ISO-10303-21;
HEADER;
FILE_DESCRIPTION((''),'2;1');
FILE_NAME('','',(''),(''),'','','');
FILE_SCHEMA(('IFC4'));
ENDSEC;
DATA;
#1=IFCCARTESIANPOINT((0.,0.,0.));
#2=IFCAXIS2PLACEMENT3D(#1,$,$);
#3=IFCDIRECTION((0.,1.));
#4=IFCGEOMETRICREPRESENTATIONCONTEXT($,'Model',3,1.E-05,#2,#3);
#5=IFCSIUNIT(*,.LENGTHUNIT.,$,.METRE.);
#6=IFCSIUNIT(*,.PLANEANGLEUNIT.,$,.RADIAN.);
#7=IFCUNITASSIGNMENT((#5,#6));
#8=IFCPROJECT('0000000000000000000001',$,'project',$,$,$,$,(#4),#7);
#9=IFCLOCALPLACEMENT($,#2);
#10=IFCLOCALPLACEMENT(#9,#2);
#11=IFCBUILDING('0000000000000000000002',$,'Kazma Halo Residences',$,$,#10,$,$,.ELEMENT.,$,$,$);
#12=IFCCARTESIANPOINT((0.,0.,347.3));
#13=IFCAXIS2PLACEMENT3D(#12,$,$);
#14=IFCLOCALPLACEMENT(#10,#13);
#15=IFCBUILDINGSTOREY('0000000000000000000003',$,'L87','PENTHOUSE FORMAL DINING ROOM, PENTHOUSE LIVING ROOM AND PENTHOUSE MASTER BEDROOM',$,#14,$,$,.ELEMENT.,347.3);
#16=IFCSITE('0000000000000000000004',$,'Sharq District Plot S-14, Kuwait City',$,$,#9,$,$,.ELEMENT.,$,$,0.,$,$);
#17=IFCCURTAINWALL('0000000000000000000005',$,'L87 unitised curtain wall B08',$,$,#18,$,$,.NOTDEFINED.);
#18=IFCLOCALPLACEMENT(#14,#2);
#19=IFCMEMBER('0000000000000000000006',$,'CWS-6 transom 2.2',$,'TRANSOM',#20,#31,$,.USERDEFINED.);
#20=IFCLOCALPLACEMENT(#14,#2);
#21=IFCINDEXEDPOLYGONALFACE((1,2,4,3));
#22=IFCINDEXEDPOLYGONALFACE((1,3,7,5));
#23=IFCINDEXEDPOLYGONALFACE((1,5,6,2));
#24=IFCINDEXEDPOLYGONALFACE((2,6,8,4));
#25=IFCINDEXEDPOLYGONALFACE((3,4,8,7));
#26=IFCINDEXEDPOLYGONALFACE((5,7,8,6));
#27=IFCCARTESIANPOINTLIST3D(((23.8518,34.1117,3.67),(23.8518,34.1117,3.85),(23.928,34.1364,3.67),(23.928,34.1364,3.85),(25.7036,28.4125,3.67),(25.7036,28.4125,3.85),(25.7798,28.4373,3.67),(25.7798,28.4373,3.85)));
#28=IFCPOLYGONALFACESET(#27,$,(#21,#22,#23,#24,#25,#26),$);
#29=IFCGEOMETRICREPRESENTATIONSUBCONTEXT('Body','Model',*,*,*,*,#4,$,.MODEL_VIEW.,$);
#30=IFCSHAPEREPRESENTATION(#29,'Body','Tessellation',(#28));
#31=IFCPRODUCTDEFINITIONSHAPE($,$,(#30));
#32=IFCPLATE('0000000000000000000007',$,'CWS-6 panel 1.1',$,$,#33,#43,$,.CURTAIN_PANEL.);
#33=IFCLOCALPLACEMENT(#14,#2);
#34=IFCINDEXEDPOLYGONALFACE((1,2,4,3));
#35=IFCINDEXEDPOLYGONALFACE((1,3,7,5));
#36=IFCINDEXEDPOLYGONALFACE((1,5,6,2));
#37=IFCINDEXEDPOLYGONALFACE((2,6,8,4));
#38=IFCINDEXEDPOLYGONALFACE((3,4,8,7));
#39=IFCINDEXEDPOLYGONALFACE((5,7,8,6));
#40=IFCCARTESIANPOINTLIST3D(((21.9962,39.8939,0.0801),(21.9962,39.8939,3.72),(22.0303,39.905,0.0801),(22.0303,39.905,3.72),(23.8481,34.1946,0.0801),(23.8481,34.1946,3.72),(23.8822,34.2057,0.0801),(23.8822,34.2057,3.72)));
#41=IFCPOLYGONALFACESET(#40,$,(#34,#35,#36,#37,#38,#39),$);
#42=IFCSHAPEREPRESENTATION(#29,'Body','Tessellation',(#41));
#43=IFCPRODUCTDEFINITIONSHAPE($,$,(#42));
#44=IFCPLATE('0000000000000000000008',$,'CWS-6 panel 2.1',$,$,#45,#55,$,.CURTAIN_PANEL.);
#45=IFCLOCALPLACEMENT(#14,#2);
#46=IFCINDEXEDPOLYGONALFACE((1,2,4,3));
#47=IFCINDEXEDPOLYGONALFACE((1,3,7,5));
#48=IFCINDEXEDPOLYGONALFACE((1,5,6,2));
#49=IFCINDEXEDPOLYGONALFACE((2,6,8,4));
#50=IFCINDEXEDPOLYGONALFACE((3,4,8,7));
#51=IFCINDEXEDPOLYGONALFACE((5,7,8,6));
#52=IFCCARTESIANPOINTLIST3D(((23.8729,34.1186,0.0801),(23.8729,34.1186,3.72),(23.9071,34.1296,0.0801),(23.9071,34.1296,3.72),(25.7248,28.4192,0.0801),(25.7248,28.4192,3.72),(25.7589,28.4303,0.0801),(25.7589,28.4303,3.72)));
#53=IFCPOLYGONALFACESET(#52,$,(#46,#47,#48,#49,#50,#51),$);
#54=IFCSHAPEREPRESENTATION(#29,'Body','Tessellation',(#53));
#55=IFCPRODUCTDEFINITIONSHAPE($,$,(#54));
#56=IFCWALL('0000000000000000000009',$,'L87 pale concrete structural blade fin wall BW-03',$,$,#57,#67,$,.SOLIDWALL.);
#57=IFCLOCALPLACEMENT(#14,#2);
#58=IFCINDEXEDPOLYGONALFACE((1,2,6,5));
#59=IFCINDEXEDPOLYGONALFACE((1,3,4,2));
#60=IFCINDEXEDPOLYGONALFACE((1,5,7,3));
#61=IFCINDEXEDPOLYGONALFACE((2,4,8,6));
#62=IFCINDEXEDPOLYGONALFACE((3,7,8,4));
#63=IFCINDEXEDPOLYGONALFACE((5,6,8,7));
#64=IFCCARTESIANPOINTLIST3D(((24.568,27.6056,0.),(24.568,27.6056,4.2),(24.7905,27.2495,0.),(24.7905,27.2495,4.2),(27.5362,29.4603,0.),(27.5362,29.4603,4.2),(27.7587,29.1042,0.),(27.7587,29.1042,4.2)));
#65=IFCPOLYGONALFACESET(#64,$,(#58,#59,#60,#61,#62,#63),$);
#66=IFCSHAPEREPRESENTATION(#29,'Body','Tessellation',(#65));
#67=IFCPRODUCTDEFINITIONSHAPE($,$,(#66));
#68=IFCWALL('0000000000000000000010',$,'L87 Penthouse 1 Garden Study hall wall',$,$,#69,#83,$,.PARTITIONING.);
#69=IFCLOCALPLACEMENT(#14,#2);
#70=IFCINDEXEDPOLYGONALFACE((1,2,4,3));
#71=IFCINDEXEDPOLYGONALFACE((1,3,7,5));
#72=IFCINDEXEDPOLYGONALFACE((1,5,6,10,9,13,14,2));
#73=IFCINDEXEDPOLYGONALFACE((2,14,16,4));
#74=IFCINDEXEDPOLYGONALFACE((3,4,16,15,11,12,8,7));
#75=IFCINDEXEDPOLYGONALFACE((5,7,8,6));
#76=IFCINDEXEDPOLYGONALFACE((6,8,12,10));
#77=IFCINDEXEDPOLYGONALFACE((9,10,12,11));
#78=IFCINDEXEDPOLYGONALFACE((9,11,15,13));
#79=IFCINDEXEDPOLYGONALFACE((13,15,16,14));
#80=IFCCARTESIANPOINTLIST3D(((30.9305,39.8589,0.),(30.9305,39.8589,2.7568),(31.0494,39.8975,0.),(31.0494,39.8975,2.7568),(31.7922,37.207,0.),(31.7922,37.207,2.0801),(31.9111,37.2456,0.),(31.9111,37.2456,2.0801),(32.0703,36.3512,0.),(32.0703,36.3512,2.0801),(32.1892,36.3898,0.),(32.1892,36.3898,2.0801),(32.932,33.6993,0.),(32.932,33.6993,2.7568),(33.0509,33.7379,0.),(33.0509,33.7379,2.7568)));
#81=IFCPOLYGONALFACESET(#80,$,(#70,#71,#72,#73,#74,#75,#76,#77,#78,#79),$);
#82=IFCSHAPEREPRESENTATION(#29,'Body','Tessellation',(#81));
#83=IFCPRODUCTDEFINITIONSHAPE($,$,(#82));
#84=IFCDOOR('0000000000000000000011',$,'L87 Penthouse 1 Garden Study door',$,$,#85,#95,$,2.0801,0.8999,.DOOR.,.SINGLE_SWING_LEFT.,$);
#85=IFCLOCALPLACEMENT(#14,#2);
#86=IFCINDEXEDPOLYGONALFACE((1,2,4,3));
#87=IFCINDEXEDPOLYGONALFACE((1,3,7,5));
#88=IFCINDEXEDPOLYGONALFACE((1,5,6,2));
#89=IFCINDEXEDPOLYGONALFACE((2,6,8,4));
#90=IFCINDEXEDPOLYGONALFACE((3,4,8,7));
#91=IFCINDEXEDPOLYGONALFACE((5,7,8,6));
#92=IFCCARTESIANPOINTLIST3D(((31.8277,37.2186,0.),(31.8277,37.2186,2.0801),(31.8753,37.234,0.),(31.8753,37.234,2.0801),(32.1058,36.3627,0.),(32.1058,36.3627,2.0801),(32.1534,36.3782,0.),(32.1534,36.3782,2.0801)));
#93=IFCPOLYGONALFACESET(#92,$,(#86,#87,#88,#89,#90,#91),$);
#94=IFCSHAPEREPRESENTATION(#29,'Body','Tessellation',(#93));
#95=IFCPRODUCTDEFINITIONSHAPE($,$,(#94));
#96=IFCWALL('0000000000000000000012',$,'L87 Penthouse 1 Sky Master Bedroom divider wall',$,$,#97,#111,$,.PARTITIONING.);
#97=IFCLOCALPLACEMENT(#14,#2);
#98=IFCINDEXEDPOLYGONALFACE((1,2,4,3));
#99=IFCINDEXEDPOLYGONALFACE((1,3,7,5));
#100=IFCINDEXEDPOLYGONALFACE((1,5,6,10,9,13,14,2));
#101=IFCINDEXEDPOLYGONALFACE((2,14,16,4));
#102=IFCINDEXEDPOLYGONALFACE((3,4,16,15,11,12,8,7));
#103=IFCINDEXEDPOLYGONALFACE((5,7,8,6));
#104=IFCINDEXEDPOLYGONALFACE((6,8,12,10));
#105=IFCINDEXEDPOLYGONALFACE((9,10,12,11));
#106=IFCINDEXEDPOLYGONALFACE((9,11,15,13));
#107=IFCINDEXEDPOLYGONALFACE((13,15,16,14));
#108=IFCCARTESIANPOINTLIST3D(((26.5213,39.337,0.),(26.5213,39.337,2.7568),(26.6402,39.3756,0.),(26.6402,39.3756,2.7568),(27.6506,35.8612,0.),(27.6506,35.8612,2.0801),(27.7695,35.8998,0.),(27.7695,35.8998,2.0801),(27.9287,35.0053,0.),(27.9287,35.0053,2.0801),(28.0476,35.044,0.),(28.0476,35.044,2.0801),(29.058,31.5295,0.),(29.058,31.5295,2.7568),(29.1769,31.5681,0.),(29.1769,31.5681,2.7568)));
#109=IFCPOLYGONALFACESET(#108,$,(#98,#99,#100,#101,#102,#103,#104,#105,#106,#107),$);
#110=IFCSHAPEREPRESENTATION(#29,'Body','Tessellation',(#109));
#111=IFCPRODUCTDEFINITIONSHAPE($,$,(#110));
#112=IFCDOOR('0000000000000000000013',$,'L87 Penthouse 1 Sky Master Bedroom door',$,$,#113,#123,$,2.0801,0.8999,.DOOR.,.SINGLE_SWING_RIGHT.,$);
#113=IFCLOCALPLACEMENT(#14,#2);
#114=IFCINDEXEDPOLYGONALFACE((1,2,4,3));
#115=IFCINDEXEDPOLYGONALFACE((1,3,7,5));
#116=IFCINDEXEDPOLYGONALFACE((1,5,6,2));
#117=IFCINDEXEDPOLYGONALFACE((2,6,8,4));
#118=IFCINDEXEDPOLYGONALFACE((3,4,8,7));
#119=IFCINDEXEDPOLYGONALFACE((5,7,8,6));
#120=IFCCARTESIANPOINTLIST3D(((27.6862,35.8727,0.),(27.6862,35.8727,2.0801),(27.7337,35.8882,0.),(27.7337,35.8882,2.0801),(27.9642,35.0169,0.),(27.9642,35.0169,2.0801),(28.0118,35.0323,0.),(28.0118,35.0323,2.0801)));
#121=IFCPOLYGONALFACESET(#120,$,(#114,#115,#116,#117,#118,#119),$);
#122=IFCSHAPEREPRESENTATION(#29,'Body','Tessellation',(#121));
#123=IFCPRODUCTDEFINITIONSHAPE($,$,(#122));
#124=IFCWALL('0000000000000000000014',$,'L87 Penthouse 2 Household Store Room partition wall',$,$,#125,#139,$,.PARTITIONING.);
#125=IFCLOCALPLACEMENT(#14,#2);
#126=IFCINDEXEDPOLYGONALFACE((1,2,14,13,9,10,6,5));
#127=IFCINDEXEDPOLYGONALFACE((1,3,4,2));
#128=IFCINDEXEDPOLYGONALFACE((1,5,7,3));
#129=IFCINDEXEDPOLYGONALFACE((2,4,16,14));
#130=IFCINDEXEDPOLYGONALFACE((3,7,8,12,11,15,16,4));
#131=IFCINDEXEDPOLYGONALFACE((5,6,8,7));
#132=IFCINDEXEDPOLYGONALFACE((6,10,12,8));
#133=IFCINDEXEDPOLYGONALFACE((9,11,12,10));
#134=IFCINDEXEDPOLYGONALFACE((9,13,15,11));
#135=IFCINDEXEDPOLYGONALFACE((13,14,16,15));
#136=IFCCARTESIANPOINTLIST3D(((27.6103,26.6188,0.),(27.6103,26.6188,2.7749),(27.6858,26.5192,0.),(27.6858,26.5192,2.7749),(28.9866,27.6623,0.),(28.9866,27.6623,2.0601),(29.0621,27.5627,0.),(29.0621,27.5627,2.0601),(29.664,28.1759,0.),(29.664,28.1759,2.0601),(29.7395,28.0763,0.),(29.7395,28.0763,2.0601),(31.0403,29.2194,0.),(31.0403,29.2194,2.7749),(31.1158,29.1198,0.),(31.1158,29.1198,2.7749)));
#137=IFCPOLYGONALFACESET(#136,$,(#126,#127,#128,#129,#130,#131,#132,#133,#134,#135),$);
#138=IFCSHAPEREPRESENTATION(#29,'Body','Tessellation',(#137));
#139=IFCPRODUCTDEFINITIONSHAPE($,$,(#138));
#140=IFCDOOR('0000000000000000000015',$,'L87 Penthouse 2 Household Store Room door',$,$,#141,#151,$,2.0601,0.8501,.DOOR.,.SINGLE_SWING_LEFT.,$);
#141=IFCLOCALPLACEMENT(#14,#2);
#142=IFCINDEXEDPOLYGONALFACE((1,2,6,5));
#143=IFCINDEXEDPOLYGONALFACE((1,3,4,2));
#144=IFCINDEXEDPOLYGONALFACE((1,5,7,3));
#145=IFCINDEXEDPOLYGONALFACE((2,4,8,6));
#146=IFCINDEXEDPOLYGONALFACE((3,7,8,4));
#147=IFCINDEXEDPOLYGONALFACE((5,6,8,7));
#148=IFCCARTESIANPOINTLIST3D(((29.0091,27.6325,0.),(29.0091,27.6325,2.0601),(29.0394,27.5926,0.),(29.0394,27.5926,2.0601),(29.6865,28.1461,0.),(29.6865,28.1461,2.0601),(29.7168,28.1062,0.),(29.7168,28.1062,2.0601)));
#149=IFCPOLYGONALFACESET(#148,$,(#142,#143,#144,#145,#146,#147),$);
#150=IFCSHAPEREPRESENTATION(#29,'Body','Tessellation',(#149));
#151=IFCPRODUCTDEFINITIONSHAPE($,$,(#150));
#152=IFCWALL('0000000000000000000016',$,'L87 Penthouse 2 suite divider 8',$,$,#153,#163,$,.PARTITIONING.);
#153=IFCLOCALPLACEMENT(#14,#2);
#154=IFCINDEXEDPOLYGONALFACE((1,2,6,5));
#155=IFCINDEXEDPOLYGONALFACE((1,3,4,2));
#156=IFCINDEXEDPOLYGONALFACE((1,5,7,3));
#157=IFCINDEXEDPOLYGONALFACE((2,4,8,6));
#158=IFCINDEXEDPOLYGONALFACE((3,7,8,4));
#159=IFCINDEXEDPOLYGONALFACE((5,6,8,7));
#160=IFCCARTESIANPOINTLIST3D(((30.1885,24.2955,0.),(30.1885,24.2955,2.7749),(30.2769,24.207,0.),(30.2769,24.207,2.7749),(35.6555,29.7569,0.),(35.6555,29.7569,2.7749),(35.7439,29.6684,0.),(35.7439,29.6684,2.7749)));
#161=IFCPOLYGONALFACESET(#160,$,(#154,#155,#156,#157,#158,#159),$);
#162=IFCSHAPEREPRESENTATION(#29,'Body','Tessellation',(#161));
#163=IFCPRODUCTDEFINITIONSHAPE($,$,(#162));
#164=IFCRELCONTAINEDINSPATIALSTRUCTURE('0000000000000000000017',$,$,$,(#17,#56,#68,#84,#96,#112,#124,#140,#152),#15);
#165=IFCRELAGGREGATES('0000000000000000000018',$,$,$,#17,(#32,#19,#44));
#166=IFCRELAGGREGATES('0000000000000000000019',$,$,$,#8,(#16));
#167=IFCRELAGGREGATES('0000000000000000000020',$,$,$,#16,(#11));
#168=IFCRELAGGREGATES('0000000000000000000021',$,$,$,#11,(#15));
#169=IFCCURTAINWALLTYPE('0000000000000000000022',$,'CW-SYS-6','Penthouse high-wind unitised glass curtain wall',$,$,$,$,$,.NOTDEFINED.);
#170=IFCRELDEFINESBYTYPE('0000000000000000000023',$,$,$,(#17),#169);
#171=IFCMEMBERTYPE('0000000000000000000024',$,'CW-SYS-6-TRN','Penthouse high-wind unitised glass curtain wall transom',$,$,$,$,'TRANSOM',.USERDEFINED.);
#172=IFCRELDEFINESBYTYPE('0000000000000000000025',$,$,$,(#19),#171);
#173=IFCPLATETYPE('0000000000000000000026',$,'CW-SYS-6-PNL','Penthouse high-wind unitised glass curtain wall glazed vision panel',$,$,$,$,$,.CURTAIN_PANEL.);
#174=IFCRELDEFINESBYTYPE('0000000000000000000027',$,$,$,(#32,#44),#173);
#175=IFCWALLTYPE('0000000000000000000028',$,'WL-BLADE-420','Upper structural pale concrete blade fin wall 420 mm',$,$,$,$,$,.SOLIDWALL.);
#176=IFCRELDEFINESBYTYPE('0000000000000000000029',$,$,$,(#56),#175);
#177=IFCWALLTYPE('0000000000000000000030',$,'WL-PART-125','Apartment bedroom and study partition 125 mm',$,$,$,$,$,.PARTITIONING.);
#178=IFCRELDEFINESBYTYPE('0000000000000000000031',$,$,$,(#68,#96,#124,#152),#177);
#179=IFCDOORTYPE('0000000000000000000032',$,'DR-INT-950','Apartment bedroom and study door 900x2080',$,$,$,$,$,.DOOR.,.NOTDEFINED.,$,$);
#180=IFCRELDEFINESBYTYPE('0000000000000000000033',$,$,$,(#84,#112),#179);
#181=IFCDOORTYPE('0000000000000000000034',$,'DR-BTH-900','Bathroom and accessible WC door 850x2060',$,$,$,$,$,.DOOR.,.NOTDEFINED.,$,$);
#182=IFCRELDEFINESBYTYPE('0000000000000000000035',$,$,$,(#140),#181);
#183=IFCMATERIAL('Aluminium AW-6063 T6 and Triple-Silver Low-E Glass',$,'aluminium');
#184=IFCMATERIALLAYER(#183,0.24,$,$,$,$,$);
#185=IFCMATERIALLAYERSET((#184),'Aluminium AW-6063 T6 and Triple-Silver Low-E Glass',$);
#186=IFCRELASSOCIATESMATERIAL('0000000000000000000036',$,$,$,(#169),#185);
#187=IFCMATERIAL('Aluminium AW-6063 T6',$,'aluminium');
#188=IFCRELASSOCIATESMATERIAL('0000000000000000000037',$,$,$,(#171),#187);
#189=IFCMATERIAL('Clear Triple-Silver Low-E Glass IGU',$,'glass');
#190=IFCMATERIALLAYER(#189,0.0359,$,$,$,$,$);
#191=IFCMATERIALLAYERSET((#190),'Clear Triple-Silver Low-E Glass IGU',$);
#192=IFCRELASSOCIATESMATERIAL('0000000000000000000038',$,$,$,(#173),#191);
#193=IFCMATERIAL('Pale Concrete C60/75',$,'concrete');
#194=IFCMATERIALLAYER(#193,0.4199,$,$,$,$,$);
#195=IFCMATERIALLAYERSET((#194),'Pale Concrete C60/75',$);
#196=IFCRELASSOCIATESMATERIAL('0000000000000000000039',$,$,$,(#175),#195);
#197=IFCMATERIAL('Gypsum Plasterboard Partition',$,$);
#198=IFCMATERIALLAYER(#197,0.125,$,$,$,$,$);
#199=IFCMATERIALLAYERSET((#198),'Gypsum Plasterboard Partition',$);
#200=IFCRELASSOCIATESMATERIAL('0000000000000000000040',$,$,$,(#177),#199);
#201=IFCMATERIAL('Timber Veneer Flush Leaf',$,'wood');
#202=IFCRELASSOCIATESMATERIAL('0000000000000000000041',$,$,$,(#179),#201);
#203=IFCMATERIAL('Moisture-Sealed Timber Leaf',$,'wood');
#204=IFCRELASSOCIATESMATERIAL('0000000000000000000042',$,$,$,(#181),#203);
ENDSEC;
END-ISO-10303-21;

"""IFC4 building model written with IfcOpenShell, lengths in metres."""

from ifc_helpers import new_model, si_unit, direction, frame, frame_2d, origin, origin_2d, place, context, subcontext, project, spatial, rectangle, extrude, material, layer, layer_set, material_profile, profile_set, type_object, element, fill, aggregate, save


model = new_model("IFC4")

# Units and contexts
model_context = context("Model", 3, precision=1e-05, world=origin(), true_north=direction((0.0, 1.0)))
body_context = subcontext(model_context, "Body", "Model", "MODEL_VIEW")
ifc_project = project(units=[si_unit("LENGTHUNIT", "METRE"), si_unit("PLANEANGLEUNIT", "RADIAN")], contexts=[model_context])

# Site, building, storey
site_placement = place(None, origin())
site = spatial("IfcSite", under=ifc_project, at=site_placement, Name="Sharq District Plot S-14, Kuwait City", CompositionType="ELEMENT", RefElevation=0.0)
building_placement = place(site_placement, origin())
building = spatial("IfcBuilding", under=site, at=building_placement, Name="Kazma Halo Residences", CompositionType="ELEMENT")
storey_placement = place(building_placement, frame((0.0, 0.0, 347.3)))
storey = spatial("IfcBuildingStorey", under=building, at=storey_placement, Name="L87", Description="PENTHOUSE FORMAL DINING ROOM, PENTHOUSE LIVING ROOM AND PENTHOUSE MASTER BEDROOM", CompositionType="ELEMENT", Elevation=347.3)

# Curtain wall
ifc_material_1 = material(Name="Aluminium AW-6063 T6 and Triple-Silver Low-E Glass", Category="aluminium")
ifc_layer_1 = layer(ifc_material_1, 0.24)
ifc_layer_set_1 = layer_set([ifc_layer_1], Name="Aluminium AW-6063 T6 and Triple-Silver Low-E Glass")
curtain_wall_type = type_object("IfcCurtainWallType", Name="CW-SYS-6", Description="Penthouse high-wind unitised glass curtain wall", PredefinedType="NOTDEFINED", material=ifc_layer_set_1)
curtain_wall_1_placement = place(storey_placement, origin())
curtain_wall_1 = element("IfcCurtainWall", 1, at=curtain_wall_1_placement, inside=storey, type_object=curtain_wall_type, Name="L87 unitised curtain wall B08", PredefinedType="NOTDEFINED")
ifc_material_2 = material(Name="Aluminium AW-6063 T6", Category="aluminium")

# Member
ifc_material_profile_1 = material_profile(ifc_material_2, rectangle(XDim=0.0801, YDim=0.1799, at=origin_2d()), Name="CWT-80x180")
ifc_profile_set_1 = profile_set([ifc_material_profile_1], Name="Aluminium AW-6063 T6")
member_type_1 = type_object("IfcMemberType", Name="CW-SYS-6-TRN", Description="Penthouse high-wind unitised glass curtain wall transom", ElementType="TRANSOM", PredefinedType="USERDEFINED", material=ifc_profile_set_1)
member_1_placement = place(storey_placement, frame((23.8899, 34.124, 3.76), z_axis=(0.30902, -0.951056, 0.0), x_axis=(0.951056, 0.30902, 0.0)))
member_1 = element("IfcMember", 2, at=member_1_placement, type_object=member_type_1, Name="CWS-6 transom 2.2", ObjectType="TRANSOM", PredefinedType="USERDEFINED", context=body_context, shape_type="SweptSolid", body=[
    extrude(rectangle(XDim=0.0801, YDim=0.1799, at=origin_2d()), origin(), (0.0, 0.0, 1.0), 5.9924),
])

# Plates
ifc_material_3 = material(Name="Clear Triple-Silver Low-E Glass IGU", Category="glass")
ifc_layer_2 = layer(ifc_material_3, 0.0359)
ifc_layer_set_2 = layer_set([ifc_layer_2], Name="Clear Triple-Silver Low-E Glass IGU")
plate_type = type_object("IfcPlateType", Name="CW-SYS-6-PNL", Description="Penthouse high-wind unitised glass curtain wall glazed vision panel", PredefinedType="CURTAIN_PANEL", material=ifc_layer_set_2)
plate_1_placement = place(storey_placement, frame((22.9392, 37.0498, 0.0801), z_axis=(0.0, 0.0, 1.0), x_axis=(0.309019, -0.951056, 0.0)))
plate_1 = element("IfcPlate", 3, at=plate_1_placement, type_object=plate_type, Name="CWS-6 panel 1.1", PredefinedType="CURTAIN_PANEL", context=body_context, shape_type="SweptSolid", body=[
    extrude(rectangle(XDim=5.9927, YDim=0.0359, at=origin_2d()), origin(), (0.0, 0.0, 1.0), 3.6399),
])
plate_2_placement = place(storey_placement, frame((24.8159, 31.2744, 0.0801), z_axis=(0.0, 0.0, 1.0), x_axis=(0.309019, -0.951056, 0.0)))
plate_2 = element("IfcPlate", 4, at=plate_2_placement, type_object=plate_type, Name="CWS-6 panel 2.1", PredefinedType="CURTAIN_PANEL", context=body_context, shape_type="SweptSolid", body=[
    extrude(rectangle(XDim=5.9927, YDim=0.0359, at=origin_2d()), origin(), (0.0, 0.0, 1.0), 3.6399),
])
aggregate(curtain_wall_1, [plate_1, member_1, plate_2])

# Wall
ifc_material_4 = material(Name="Pale Concrete C60/75", Category="concrete")
ifc_layer_3 = layer(ifc_material_4, 0.4199)
ifc_layer_set_3 = layer_set([ifc_layer_3], Name="Pale Concrete C60/75")
wall_type_1 = type_object("IfcWallType", Name="WL-BLADE-420", Description="Upper structural pale concrete blade fin wall 420 mm", PredefinedType="SOLIDWALL", material=ifc_layer_set_3)
wall_1_placement = place(storey_placement, frame((27.6475, 29.2822, 0.0), z_axis=(0.0, 0.0, 1.0), x_axis=(-0.848053, -0.529911, 0.0)))
element("IfcWall", 5, at=wall_1_placement, inside=storey, type_object=wall_type_1, Name="L87 pale concrete structural blade fin wall BW-03", PredefinedType="SOLIDWALL", context=body_context, shape_type="SweptSolid", body=[
    extrude(rectangle(XDim=3.5, YDim=0.4199, at=frame_2d((1.75, 0.0))), origin(), (0.0, 0.0, 1.0), 4.2),
])

# Walls, openings, doors
ifc_material_5 = material(Name="Gypsum Plasterboard Partition")
ifc_layer_4 = layer(ifc_material_5, 0.125)
ifc_layer_set_4 = layer_set([ifc_layer_4], Name="Gypsum Plasterboard Partition")
wall_type_2 = type_object("IfcWallType", Name="WL-PART-125", Description="Apartment bedroom and study partition 125 mm", PredefinedType="PARTITIONING", material=ifc_layer_set_4)
wall_2_placement = place(storey_placement, frame((30.99, 39.8782, 0.0), z_axis=(0.0, 0.0, 1.0), x_axis=(0.309026, -0.951053, 0.0)))
wall_2 = element("IfcWall", 6, at=wall_2_placement, inside=storey, type_object=wall_type_2, Name="L87 Penthouse 1 Garden Study hall wall", PredefinedType="PARTITIONING", context=body_context, shape_type="SweptSolid", body=[
    extrude(rectangle(XDim=6.4766, YDim=0.125, at=frame_2d((3.2383, 0.0))), origin(), (0.0, 0.0, 1.0), 2.7568),
])
opening_1_placement = place(wall_2_placement, frame((2.7883, 0.0, 0.0)))
opening_1 = element("IfcOpeningElement", 7, at=opening_1_placement, cuts=wall_2, PredefinedType="OPENING", context=body_context, shape_type="SweptSolid", body=[
    extrude(rectangle(XDim=0.8999, YDim=2.0801, at=frame_2d((0.45, 1.04))), frame((0.0, 0.0725, 0.0), z_axis=(0.0, -1.0, 0.0), x_axis=(1.0, 0.0, 0.0)), (0.0, 0.0, 1.0), 0.145),
])
ifc_material_6 = material(Name="Timber Veneer Flush Leaf", Category="wood")
door_type_1 = type_object("IfcDoorType", Name="DR-INT-950", Description="Apartment bedroom and study door 900x2080", OperationType="NOTDEFINED", PredefinedType="DOOR", material=ifc_material_6)
door_1_placement = place(opening_1_placement, origin())
door_1 = element("IfcDoor", 8, at=door_1_placement, inside=storey, type_object=door_type_1, Name="L87 Penthouse 1 Garden Study door", OperationType="SINGLE_SWING_LEFT", OverallHeight=2.0801, OverallWidth=0.8999, PredefinedType="DOOR", context=body_context, shape_type="SweptSolid", body=[
    extrude(rectangle(XDim=0.8999, YDim=2.0801, at=frame_2d((0.45, 1.04))), frame((0.0, 0.0249, 0.0), z_axis=(0.0, -1.0, 0.0), x_axis=(1.0, 0.0, 0.0)), (0.0, 0.0, 1.0), 0.05),
])
fill(opening_1, door_1)
wall_3_placement = place(storey_placement, frame((26.5808, 39.3562, 0.0), z_axis=(0.0, 0.0, 1.0), x_axis=(0.309001, -0.951062, 0.0)))
wall_3 = element("IfcWall", 9, at=wall_3_placement, inside=storey, type_object=wall_type_2, Name="L87 Penthouse 1 Sky Master Bedroom divider wall", PredefinedType="PARTITIONING", context=body_context, shape_type="SweptSolid", body=[
    extrude(rectangle(XDim=8.2092, YDim=0.125, at=frame_2d((4.1045, 0.0))), origin(), (0.0, 0.0, 1.0), 2.7568),
])
opening_2_placement = place(wall_3_placement, frame((3.6545, 0.0, 0.0)))
opening_2 = element("IfcOpeningElement", 10, at=opening_2_placement, cuts=wall_3, PredefinedType="OPENING", context=body_context, shape_type="SweptSolid", body=[
    extrude(rectangle(XDim=0.8999, YDim=2.0801, at=frame_2d((0.45, 1.04))), frame((0.0, 0.0725, 0.0), z_axis=(0.0, -1.0, 0.0), x_axis=(1.0, 0.0, 0.0)), (0.0, 0.0, 1.0), 0.145),
])
door_2_placement = place(opening_2_placement, origin())
door_2 = element("IfcDoor", 11, at=door_2_placement, inside=storey, type_object=door_type_1, Name="L87 Penthouse 1 Sky Master Bedroom door", OperationType="SINGLE_SWING_RIGHT", OverallHeight=2.0801, OverallWidth=0.8999, PredefinedType="DOOR", context=body_context, shape_type="SweptSolid", body=[
    extrude(rectangle(XDim=0.8999, YDim=2.0801, at=frame_2d((0.45, 1.04))), frame((0.0, 0.0249, 0.0), z_axis=(0.0, -1.0, 0.0), x_axis=(1.0, 0.0, 0.0)), (0.0, 0.0, 1.0), 0.05),
])
fill(opening_2, door_2)
wall_4_placement = place(storey_placement, frame((31.0781, 29.1697, 0.0), z_axis=(0.0, 0.0, 1.0), x_axis=(-0.796851, -0.604175, 0.0)))
wall_4 = element("IfcWall", 12, at=wall_4_placement, inside=storey, type_object=wall_type_2, Name="L87 Penthouse 2 Household Store Room partition wall", PredefinedType="PARTITIONING", context=body_context, shape_type="SweptSolid", body=[
    extrude(rectangle(XDim=4.3044, YDim=0.125, at=frame_2d((2.1523, 0.0))), origin(), (0.0, 0.0, 1.0), 2.7749),
])
opening_3_placement = place(wall_4_placement, frame((1.7273, 0.0, 0.0)))
opening_3 = element("IfcOpeningElement", 13, at=opening_3_placement, cuts=wall_4, PredefinedType="OPENING", context=body_context, shape_type="SweptSolid", body=[
    extrude(rectangle(XDim=0.8501, YDim=2.0601, at=frame_2d((0.425, 1.03))), frame((0.0, 0.0725, 0.0), z_axis=(0.0, -1.0, 0.0), x_axis=(1.0, 0.0, 0.0)), (0.0, 0.0, 1.0), 0.145),
])
ifc_material_7 = material(Name="Moisture-Sealed Timber Leaf", Category="wood")
door_type_2 = type_object("IfcDoorType", Name="DR-BTH-900", Description="Bathroom and accessible WC door 850x2060", OperationType="NOTDEFINED", PredefinedType="DOOR", material=ifc_material_7)
door_3_placement = place(opening_3_placement, origin())
door_3 = element("IfcDoor", 14, at=door_3_placement, inside=storey, type_object=door_type_2, Name="L87 Penthouse 2 Household Store Room door", OperationType="SINGLE_SWING_LEFT", OverallHeight=2.0601, OverallWidth=0.8501, PredefinedType="DOOR", context=body_context, shape_type="SweptSolid", body=[
    extrude(rectangle(XDim=0.8501, YDim=2.0601, at=frame_2d((0.425, 1.03))), frame((0.0, 0.0249, 0.0), z_axis=(0.0, -1.0, 0.0), x_axis=(1.0, 0.0, 0.0)), (0.0, 0.0, 1.0), 0.05),
])
fill(opening_3, door_3)

# Wall
wall_5_placement = place(storey_placement, frame((35.6997, 29.7126, 0.0), z_axis=(0.0, 0.0, 1.0), x_axis=(-0.70747, -0.706743, 0.0)))
element("IfcWall", 15, at=wall_5_placement, inside=storey, type_object=wall_type_2, Name="L87 Penthouse 2 suite divider 8", PredefinedType="PARTITIONING", context=body_context, shape_type="SweptSolid", body=[
    extrude(rectangle(XDim=7.7275, YDim=0.125, at=frame_2d((3.8638, 0.0))), origin(), (0.0, 0.0, 1.0), 2.7749),
])

save(model, "model.ifc")
